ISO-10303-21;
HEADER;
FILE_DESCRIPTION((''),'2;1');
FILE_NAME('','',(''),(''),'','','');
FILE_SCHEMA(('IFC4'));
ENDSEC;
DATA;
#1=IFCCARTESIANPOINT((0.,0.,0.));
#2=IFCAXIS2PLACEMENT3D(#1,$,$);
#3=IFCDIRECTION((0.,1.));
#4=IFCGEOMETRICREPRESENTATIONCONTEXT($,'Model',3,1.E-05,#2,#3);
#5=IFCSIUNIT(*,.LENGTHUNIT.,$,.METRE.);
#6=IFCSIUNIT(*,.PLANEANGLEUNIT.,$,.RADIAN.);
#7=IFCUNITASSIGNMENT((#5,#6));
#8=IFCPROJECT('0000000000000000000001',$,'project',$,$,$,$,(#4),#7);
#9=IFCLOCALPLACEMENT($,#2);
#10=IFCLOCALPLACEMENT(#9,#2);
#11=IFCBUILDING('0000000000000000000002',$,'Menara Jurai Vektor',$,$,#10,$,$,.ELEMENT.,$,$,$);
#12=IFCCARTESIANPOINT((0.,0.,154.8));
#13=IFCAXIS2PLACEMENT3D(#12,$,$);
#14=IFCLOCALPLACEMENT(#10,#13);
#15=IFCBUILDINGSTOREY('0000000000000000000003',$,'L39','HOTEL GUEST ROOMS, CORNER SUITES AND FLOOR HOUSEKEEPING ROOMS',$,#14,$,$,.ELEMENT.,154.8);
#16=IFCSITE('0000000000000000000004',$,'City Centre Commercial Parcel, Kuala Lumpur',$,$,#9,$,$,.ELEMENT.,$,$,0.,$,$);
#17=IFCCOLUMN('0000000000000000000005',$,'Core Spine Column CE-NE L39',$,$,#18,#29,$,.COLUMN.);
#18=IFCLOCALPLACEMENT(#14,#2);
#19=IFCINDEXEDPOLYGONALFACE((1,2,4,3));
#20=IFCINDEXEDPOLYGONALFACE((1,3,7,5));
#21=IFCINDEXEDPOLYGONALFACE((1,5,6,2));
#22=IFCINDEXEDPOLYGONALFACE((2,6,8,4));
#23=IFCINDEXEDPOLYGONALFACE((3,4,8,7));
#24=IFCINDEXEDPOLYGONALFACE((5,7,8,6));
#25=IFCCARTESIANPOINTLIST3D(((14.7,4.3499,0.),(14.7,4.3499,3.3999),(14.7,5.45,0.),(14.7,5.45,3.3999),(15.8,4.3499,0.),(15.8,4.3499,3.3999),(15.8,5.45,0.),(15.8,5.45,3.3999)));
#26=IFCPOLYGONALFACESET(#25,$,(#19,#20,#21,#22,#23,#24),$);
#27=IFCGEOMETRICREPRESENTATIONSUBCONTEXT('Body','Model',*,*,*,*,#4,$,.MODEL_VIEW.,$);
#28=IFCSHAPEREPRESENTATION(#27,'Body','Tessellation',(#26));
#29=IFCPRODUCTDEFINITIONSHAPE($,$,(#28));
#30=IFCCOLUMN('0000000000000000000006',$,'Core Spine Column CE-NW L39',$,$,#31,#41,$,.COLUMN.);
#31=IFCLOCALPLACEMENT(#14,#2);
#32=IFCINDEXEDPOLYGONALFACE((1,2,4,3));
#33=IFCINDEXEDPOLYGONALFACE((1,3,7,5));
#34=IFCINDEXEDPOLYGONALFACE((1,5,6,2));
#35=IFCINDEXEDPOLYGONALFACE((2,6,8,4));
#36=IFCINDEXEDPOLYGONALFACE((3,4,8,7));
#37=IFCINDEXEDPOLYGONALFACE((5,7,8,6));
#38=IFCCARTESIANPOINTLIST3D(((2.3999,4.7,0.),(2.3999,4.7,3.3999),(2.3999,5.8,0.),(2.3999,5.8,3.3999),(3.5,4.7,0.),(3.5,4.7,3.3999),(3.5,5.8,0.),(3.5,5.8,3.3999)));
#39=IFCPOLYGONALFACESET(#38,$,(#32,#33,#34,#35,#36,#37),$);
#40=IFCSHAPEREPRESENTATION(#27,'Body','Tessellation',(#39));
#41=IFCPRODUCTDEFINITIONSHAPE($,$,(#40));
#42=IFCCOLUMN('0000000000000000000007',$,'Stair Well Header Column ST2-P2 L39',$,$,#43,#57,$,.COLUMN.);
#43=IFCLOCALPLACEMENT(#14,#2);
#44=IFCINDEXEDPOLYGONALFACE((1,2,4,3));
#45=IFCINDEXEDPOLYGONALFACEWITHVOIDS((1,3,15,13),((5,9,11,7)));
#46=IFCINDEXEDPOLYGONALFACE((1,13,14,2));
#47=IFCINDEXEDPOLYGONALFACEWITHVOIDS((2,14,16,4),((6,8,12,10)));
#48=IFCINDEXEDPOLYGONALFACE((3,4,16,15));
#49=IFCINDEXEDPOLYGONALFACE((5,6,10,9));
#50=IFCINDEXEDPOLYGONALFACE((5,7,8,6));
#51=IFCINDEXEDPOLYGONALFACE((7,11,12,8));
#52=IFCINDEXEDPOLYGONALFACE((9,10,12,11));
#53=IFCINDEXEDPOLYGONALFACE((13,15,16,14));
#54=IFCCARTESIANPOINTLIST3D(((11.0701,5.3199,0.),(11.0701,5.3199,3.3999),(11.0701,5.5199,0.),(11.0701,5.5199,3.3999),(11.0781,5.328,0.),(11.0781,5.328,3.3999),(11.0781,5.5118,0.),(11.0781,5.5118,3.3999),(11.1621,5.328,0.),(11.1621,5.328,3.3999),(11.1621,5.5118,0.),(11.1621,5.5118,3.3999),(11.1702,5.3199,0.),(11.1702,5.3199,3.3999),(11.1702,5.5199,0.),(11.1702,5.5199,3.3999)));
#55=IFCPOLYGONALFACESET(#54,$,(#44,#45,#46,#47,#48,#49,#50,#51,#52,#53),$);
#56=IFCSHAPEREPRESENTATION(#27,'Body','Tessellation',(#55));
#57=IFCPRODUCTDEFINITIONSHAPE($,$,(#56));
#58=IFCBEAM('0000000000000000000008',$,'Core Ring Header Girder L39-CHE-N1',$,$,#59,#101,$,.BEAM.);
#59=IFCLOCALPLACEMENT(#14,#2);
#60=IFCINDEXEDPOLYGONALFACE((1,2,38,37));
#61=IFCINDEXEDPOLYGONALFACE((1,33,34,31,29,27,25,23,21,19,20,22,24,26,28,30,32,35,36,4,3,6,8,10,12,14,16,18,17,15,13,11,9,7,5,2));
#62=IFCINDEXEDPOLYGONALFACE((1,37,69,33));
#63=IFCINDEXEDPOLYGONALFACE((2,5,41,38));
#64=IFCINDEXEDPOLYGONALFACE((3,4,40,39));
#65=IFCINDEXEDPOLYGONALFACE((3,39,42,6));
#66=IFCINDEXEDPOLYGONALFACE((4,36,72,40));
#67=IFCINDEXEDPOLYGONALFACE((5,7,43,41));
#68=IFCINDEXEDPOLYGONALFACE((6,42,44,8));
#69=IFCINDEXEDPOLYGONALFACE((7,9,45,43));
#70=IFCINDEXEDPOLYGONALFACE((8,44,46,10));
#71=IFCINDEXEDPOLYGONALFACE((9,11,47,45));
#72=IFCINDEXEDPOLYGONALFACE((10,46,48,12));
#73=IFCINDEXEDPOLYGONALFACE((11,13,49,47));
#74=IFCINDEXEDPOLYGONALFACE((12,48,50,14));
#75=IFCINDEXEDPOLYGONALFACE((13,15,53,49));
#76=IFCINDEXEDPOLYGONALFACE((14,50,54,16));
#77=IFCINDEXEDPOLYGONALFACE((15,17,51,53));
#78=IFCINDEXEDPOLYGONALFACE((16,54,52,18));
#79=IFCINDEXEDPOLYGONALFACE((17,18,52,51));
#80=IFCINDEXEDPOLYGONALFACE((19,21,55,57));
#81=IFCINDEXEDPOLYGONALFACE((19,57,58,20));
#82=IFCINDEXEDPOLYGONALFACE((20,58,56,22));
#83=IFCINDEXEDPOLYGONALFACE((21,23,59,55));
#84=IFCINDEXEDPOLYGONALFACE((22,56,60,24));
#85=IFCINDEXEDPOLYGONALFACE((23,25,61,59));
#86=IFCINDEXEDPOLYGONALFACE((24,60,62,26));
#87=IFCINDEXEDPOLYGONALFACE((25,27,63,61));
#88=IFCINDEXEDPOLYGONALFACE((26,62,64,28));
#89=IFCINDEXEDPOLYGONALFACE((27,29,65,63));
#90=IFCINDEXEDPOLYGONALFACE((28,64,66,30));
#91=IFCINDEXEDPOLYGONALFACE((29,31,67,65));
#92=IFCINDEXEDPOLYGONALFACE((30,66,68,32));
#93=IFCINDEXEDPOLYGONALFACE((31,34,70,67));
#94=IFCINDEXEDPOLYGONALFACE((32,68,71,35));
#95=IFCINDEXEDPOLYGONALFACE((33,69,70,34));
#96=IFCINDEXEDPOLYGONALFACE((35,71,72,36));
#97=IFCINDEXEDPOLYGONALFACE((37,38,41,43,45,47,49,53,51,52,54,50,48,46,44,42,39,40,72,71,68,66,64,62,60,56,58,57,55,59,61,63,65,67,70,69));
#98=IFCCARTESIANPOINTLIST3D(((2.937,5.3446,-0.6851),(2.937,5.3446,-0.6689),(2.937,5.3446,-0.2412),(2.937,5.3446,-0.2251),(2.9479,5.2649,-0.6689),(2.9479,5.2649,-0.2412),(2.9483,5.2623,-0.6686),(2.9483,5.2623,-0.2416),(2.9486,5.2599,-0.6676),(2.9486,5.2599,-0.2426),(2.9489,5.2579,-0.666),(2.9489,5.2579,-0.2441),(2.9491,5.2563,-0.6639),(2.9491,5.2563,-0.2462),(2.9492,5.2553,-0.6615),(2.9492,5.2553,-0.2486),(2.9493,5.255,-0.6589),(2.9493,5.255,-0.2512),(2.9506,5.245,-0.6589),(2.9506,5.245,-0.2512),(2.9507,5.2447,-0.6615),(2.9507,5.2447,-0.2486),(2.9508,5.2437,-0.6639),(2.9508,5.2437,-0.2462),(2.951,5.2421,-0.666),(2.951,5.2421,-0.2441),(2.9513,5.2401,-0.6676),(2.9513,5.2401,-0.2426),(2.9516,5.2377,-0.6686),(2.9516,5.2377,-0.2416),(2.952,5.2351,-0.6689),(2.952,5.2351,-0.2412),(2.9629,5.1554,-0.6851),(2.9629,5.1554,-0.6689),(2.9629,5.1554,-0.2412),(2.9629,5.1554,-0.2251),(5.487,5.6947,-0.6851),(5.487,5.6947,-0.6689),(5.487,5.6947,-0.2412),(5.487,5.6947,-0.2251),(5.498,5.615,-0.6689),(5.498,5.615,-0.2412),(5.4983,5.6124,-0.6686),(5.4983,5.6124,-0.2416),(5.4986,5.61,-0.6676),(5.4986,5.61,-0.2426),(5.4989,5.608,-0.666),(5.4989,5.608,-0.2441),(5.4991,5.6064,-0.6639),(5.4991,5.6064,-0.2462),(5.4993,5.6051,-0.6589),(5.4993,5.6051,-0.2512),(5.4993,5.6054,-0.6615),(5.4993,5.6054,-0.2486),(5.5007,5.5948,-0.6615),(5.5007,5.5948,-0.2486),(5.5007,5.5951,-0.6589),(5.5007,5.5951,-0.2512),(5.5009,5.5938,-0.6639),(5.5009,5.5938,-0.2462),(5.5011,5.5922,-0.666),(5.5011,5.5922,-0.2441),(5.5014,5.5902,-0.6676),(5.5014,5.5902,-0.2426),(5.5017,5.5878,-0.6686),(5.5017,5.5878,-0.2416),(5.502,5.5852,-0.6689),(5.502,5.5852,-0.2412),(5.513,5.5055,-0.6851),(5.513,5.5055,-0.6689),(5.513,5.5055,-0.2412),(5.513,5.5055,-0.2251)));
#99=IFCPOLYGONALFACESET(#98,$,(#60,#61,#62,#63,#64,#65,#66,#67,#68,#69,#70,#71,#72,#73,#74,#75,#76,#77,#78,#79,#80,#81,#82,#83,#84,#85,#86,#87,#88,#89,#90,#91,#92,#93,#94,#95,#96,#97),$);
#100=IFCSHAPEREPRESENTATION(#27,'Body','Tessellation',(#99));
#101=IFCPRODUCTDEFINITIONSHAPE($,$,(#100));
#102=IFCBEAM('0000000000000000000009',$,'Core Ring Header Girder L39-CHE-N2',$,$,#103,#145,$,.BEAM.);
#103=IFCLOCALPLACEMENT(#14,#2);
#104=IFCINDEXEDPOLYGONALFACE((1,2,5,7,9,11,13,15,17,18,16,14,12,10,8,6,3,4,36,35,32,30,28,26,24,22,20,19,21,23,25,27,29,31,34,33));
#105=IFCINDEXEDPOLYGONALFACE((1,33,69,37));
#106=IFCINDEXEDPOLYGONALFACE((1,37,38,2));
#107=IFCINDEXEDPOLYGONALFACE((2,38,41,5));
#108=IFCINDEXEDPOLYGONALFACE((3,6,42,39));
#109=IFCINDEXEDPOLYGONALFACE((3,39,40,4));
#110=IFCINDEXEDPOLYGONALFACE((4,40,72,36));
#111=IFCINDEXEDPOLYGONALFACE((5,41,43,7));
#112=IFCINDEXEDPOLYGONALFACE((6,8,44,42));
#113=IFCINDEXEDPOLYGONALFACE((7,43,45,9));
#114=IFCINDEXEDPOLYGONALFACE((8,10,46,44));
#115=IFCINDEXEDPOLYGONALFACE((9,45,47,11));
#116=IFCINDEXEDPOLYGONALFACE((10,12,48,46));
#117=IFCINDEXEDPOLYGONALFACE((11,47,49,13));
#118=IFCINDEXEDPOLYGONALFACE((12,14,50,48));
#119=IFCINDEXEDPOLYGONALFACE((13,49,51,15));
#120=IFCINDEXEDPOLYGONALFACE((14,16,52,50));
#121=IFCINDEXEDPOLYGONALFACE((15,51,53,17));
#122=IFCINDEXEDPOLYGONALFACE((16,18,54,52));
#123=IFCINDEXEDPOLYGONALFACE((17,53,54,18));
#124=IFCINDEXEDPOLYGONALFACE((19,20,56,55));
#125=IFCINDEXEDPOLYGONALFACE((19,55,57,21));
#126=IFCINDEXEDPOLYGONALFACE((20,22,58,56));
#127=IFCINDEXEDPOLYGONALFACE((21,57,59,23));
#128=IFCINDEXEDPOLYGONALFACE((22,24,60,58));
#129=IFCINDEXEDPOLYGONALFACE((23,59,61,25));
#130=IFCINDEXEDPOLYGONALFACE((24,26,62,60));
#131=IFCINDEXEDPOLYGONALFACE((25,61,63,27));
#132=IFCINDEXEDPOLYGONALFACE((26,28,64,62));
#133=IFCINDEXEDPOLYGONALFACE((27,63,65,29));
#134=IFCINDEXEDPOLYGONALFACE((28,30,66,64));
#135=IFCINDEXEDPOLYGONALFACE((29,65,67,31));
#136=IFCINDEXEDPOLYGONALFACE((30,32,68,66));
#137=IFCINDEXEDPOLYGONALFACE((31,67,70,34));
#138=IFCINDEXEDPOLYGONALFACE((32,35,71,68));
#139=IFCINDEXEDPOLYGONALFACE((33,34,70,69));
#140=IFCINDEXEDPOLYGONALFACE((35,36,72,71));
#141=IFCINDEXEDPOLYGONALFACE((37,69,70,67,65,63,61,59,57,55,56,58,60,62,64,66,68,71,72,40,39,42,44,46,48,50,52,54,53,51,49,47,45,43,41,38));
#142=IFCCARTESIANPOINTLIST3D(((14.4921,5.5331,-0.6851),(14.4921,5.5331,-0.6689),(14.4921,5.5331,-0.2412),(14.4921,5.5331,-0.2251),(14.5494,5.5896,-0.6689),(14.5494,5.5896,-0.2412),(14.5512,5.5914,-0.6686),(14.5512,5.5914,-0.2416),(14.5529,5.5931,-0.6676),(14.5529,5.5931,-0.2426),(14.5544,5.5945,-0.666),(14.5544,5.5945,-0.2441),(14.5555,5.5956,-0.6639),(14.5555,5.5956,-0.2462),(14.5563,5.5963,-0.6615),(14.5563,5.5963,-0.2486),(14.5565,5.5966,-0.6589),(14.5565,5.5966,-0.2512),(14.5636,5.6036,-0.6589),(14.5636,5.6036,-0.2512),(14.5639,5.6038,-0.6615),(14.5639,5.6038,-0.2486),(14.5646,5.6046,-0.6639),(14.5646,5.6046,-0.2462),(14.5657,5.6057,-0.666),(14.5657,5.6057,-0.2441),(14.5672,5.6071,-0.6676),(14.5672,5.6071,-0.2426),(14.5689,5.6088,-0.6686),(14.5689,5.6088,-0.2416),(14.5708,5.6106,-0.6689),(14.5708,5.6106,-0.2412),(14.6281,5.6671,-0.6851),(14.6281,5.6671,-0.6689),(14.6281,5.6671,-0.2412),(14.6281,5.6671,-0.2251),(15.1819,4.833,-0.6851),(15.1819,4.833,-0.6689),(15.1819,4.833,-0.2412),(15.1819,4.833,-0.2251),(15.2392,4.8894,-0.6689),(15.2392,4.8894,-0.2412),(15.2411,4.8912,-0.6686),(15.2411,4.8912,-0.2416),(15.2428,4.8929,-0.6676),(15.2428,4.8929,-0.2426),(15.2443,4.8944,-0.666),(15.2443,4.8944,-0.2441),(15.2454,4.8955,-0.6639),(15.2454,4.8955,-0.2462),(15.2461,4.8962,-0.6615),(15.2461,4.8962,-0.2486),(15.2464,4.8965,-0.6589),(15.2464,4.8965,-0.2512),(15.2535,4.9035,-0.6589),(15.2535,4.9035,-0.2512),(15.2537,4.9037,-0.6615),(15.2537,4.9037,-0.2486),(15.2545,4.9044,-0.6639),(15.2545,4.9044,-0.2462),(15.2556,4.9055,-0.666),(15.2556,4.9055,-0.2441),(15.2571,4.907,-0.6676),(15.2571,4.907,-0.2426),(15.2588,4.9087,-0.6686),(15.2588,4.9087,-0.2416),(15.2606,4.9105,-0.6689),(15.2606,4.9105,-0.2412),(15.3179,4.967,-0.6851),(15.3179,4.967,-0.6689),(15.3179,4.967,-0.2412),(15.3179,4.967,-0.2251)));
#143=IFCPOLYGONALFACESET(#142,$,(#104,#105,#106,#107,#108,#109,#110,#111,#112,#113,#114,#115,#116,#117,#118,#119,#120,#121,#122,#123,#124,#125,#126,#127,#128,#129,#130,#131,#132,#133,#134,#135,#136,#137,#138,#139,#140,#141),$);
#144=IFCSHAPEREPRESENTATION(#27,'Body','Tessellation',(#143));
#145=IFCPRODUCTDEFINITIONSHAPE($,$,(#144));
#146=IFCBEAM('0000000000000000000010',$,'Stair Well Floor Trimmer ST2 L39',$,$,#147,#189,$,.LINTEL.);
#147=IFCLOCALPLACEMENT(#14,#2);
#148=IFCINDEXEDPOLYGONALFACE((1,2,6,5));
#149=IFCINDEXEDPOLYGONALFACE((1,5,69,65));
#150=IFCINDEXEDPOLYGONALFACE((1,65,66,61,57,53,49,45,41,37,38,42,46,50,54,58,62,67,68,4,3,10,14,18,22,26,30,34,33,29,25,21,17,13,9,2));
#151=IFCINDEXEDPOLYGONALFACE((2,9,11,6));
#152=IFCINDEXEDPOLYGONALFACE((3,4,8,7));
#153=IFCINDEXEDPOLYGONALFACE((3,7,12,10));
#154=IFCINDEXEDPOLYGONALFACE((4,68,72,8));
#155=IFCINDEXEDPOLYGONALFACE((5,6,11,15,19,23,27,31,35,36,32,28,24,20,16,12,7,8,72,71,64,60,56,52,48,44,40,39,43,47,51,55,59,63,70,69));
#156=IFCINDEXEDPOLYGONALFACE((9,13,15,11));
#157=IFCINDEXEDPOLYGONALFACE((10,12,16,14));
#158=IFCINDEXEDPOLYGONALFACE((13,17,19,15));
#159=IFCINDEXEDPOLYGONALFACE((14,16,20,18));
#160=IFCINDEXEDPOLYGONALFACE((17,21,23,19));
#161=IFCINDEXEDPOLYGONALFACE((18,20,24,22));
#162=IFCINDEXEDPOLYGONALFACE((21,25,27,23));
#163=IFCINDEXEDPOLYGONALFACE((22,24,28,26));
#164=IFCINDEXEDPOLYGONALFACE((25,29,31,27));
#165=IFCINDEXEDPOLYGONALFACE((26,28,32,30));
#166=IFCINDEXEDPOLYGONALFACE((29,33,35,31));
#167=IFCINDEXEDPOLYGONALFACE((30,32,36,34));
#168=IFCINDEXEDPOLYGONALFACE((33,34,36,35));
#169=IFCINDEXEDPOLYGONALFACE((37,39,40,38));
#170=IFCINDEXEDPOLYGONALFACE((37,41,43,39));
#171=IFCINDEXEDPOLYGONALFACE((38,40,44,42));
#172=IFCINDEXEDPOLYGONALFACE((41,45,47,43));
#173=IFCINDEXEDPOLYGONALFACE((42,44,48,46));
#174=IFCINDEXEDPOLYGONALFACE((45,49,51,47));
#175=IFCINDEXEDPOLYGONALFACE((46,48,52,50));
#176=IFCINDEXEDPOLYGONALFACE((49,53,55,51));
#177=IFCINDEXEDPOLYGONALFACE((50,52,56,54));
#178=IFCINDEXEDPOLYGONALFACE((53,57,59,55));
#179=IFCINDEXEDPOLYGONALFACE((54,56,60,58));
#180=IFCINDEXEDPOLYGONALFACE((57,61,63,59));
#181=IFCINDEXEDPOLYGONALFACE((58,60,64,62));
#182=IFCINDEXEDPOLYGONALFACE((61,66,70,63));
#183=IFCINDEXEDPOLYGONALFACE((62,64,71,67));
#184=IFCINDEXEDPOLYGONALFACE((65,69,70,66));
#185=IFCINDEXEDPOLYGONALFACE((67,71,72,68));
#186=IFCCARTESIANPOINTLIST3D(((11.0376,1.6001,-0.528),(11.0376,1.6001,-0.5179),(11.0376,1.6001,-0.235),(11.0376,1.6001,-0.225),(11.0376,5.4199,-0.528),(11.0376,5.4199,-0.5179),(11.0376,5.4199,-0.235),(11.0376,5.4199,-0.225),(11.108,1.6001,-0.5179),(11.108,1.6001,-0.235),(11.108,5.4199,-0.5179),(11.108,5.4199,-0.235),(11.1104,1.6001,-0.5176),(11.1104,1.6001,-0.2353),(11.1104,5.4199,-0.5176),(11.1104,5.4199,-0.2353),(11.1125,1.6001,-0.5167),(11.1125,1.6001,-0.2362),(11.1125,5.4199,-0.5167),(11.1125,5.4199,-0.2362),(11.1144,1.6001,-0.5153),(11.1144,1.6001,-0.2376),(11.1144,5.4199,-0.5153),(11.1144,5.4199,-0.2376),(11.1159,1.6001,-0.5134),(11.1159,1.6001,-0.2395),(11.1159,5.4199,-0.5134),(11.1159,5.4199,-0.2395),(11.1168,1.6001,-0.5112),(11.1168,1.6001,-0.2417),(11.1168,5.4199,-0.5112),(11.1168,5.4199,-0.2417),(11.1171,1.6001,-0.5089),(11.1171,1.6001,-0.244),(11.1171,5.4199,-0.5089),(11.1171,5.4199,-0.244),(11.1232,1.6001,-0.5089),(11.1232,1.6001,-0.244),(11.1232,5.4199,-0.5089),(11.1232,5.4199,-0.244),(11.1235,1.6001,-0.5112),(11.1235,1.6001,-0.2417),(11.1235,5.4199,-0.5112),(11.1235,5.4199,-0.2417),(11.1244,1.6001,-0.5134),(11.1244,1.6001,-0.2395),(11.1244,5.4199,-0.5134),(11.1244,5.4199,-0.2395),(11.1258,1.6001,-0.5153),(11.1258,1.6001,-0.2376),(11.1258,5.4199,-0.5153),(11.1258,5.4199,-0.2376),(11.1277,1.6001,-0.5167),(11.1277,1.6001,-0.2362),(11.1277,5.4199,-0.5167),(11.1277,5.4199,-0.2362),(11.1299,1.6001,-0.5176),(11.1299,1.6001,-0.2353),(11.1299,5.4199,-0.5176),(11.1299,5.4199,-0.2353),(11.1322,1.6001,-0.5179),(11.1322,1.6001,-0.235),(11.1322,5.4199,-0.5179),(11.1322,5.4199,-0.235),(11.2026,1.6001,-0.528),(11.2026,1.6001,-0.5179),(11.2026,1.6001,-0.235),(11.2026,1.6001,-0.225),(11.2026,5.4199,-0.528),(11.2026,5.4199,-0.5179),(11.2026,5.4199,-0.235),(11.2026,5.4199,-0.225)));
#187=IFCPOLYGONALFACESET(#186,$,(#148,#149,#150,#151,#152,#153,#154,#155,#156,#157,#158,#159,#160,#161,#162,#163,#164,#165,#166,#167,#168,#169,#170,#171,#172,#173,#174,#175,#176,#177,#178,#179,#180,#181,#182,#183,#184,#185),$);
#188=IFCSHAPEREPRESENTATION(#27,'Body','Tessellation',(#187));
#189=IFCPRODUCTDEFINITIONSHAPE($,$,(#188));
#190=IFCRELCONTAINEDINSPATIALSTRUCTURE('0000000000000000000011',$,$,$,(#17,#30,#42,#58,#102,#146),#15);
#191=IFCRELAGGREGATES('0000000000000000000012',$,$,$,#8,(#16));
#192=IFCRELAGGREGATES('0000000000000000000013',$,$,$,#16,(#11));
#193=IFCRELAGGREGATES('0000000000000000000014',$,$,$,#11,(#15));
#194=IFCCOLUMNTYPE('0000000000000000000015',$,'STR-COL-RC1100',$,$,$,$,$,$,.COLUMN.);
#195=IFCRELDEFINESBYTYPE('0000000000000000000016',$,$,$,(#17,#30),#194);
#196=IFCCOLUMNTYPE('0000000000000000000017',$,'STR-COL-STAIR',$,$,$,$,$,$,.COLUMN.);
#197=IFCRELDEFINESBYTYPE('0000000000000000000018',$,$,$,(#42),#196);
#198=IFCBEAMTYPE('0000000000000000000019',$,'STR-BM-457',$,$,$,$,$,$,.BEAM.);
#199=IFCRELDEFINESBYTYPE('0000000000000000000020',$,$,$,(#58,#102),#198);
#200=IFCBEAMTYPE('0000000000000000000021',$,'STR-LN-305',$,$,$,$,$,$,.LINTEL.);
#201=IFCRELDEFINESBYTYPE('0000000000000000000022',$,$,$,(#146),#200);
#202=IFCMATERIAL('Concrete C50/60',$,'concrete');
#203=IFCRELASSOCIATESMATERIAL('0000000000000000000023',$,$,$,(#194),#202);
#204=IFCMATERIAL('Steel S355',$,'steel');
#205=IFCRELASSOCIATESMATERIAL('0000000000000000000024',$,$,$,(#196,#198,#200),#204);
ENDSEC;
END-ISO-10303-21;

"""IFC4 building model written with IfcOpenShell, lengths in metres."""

from ifc_helpers import new_model, si_unit, direction, frame, origin, origin_2d, place, context, subcontext, project, spatial, rectangle, hollow_rectangle, i_section, extrude, material, material_profile, profile_set, type_object, element, save


model = new_model("IFC4")

# Units and contexts
model_context = context("Model", 3, precision=1e-05, world=origin(), true_north=direction((0.0, 1.0)))
body_context = subcontext(model_context, "Body", "Model", "MODEL_VIEW")
ifc_project = project(units=[si_unit("LENGTHUNIT", "METRE"), si_unit("PLANEANGLEUNIT", "RADIAN")], contexts=[model_context])

# Site, building, storey
site_placement = place(None, origin())
site = spatial("IfcSite", under=ifc_project, at=site_placement, Name="City Centre Commercial Parcel, Kuala Lumpur", CompositionType="ELEMENT", RefElevation=0.0)
building_placement = place(site_placement, origin())
building = spatial("IfcBuilding", under=site, at=building_placement, Name="Menara Jurai Vektor", CompositionType="ELEMENT")
storey_placement = place(building_placement, frame((0.0, 0.0, 154.8)))
storey = spatial("IfcBuildingStorey", under=building, at=storey_placement, Name="L39", Description="HOTEL GUEST ROOMS, CORNER SUITES AND FLOOR HOUSEKEEPING ROOMS", CompositionType="ELEMENT", Elevation=154.8)

# Columns
ifc_material_1 = material(Name="Concrete C50/60", Category="concrete")
ifc_material_profile_1 = material_profile(ifc_material_1, rectangle(XDim=1.1001, YDim=1.1001, at=origin_2d()), Name="RC 1100x1100")
ifc_profile_set_1 = profile_set([ifc_material_profile_1], Name="Concrete C50/60")
column_type_1 = type_object("IfcColumnType", Name="STR-COL-RC1100", PredefinedType="COLUMN", material=ifc_profile_set_1)
for number, where, z_axis, x_axis, name in (
    (1, (15.25, 4.8999, 0.0), (0.0, 0.0, 1.0), (1.0, 0.0, 0.0), "Core Spine Column CE-NE L39"),
    (2, (2.95, 5.25, 0.0), (0.0, 0.0, 1.0), (1.0, 0.0, 0.0), "Core Spine Column CE-NW L39"),
):
    element("IfcColumn", number, at=place(storey_placement, frame(where, z_axis=z_axis, x_axis=x_axis)), inside=storey, type_object=column_type_1, Name=name, PredefinedType="COLUMN", context=body_context, shape_type="SweptSolid", body=[
        extrude(rectangle(XDim=1.1001, YDim=1.1001, at=origin_2d()), origin(), (0.0, 0.0, 1.0), 3.3999),
    ])
ifc_material_2 = material(Name="Steel S355", Category="steel")
ifc_material_profile_2 = material_profile(ifc_material_2, hollow_rectangle(XDim=0.1001, YDim=0.2, WallThickness=0.0081, at=origin_2d()), Name="RHS 200x100x8")
ifc_profile_set_2 = profile_set([ifc_material_profile_2], Name="Steel S355")
column_type_2 = type_object("IfcColumnType", Name="STR-COL-STAIR", PredefinedType="COLUMN", material=ifc_profile_set_2)
column_placement = place(storey_placement, frame((11.1201, 5.4199, 0.0), z_axis=(0.0, 0.0, 1.0), x_axis=(1.0, 0.0, 0.0)))
element("IfcColumn", 3, at=column_placement, inside=storey, type_object=column_type_2, Name="Stair Well Header Column ST2-P2 L39", PredefinedType="COLUMN", context=body_context, shape_type="SweptSolid", body=[
    extrude(hollow_rectangle(XDim=0.1001, YDim=0.2, WallThickness=0.0081, at=origin_2d()), origin(), (0.0, 0.0, 1.0), 3.3999),
])

# Beams
ifc_material_profile_3 = material_profile(ifc_material_2, i_section(OverallWidth=0.1909, OverallDepth=0.46, WebThickness=0.01, FlangeThickness=0.0161, FilletRadius=0.01, at=origin_2d()), Name="UKB 457x191x82")
ifc_profile_set_3 = profile_set([ifc_material_profile_3], Name="Steel S355")
beam_type_1 = type_object("IfcBeamType", Name="STR-BM-457", PredefinedType="BEAM", material=ifc_profile_set_3)
beam_1_placement = place(storey_placement, frame((2.95, 5.25, -0.4551), z_axis=(0.990707, 0.136015, 0.0), x_axis=(-0.136015, 0.990707, 0.0)))
element("IfcBeam", 4, at=beam_1_placement, inside=storey, type_object=beam_type_1, Name="Core Ring Header Girder L39-CHE-N1", PredefinedType="BEAM", context=body_context, shape_type="SweptSolid", body=[
    extrude(i_section(OverallWidth=0.1909, OverallDepth=0.46, WebThickness=0.01, FlangeThickness=0.0161, FilletRadius=0.01, at=origin_2d()), origin(), (0.0, 0.0, 1.0), 2.574),
])
beam_2_placement = place(storey_placement, frame((14.5601, 5.6001, -0.4551), z_axis=(0.701872, -0.712303, 0.0), x_axis=(0.712303, 0.701872, 0.0)))
element("IfcBeam", 5, at=beam_2_placement, inside=storey, type_object=beam_type_1, Name="Core Ring Header Girder L39-CHE-N2", PredefinedType="BEAM", context=body_context, shape_type="SweptSolid", body=[
    extrude(i_section(OverallWidth=0.1909, OverallDepth=0.46, WebThickness=0.01, FlangeThickness=0.0161, FilletRadius=0.01, at=origin_2d()), origin(), (0.0, 0.0, 1.0), 0.9829),
])
ifc_material_profile_4 = material_profile(ifc_material_2, i_section(OverallWidth=0.165, OverallDepth=0.303, WebThickness=0.0061, FlangeThickness=0.01, FilletRadius=0.009, at=origin_2d()), Name="UKB 305x165x40")
ifc_profile_set_4 = profile_set([ifc_material_profile_4], Name="Steel S355")
beam_type_2 = type_object("IfcBeamType", Name="STR-LN-305", PredefinedType="LINTEL", material=ifc_profile_set_4)
beam_3_placement = place(storey_placement, frame((11.1201, 1.6001, -0.3765), z_axis=(0.0, 1.0, 0.0), x_axis=(-1.0, 0.0, 0.0)))
element("IfcBeam", 6, at=beam_3_placement, inside=storey, type_object=beam_type_2, Name="Stair Well Floor Trimmer ST2 L39", PredefinedType="LINTEL", context=body_context, shape_type="SweptSolid", body=[
    extrude(i_section(OverallWidth=0.165, OverallDepth=0.303, WebThickness=0.0061, FlangeThickness=0.01, FilletRadius=0.009, at=origin_2d()), origin(), (0.0, 0.0, 1.0), 3.8198),
])

save(model, "model.ifc")
